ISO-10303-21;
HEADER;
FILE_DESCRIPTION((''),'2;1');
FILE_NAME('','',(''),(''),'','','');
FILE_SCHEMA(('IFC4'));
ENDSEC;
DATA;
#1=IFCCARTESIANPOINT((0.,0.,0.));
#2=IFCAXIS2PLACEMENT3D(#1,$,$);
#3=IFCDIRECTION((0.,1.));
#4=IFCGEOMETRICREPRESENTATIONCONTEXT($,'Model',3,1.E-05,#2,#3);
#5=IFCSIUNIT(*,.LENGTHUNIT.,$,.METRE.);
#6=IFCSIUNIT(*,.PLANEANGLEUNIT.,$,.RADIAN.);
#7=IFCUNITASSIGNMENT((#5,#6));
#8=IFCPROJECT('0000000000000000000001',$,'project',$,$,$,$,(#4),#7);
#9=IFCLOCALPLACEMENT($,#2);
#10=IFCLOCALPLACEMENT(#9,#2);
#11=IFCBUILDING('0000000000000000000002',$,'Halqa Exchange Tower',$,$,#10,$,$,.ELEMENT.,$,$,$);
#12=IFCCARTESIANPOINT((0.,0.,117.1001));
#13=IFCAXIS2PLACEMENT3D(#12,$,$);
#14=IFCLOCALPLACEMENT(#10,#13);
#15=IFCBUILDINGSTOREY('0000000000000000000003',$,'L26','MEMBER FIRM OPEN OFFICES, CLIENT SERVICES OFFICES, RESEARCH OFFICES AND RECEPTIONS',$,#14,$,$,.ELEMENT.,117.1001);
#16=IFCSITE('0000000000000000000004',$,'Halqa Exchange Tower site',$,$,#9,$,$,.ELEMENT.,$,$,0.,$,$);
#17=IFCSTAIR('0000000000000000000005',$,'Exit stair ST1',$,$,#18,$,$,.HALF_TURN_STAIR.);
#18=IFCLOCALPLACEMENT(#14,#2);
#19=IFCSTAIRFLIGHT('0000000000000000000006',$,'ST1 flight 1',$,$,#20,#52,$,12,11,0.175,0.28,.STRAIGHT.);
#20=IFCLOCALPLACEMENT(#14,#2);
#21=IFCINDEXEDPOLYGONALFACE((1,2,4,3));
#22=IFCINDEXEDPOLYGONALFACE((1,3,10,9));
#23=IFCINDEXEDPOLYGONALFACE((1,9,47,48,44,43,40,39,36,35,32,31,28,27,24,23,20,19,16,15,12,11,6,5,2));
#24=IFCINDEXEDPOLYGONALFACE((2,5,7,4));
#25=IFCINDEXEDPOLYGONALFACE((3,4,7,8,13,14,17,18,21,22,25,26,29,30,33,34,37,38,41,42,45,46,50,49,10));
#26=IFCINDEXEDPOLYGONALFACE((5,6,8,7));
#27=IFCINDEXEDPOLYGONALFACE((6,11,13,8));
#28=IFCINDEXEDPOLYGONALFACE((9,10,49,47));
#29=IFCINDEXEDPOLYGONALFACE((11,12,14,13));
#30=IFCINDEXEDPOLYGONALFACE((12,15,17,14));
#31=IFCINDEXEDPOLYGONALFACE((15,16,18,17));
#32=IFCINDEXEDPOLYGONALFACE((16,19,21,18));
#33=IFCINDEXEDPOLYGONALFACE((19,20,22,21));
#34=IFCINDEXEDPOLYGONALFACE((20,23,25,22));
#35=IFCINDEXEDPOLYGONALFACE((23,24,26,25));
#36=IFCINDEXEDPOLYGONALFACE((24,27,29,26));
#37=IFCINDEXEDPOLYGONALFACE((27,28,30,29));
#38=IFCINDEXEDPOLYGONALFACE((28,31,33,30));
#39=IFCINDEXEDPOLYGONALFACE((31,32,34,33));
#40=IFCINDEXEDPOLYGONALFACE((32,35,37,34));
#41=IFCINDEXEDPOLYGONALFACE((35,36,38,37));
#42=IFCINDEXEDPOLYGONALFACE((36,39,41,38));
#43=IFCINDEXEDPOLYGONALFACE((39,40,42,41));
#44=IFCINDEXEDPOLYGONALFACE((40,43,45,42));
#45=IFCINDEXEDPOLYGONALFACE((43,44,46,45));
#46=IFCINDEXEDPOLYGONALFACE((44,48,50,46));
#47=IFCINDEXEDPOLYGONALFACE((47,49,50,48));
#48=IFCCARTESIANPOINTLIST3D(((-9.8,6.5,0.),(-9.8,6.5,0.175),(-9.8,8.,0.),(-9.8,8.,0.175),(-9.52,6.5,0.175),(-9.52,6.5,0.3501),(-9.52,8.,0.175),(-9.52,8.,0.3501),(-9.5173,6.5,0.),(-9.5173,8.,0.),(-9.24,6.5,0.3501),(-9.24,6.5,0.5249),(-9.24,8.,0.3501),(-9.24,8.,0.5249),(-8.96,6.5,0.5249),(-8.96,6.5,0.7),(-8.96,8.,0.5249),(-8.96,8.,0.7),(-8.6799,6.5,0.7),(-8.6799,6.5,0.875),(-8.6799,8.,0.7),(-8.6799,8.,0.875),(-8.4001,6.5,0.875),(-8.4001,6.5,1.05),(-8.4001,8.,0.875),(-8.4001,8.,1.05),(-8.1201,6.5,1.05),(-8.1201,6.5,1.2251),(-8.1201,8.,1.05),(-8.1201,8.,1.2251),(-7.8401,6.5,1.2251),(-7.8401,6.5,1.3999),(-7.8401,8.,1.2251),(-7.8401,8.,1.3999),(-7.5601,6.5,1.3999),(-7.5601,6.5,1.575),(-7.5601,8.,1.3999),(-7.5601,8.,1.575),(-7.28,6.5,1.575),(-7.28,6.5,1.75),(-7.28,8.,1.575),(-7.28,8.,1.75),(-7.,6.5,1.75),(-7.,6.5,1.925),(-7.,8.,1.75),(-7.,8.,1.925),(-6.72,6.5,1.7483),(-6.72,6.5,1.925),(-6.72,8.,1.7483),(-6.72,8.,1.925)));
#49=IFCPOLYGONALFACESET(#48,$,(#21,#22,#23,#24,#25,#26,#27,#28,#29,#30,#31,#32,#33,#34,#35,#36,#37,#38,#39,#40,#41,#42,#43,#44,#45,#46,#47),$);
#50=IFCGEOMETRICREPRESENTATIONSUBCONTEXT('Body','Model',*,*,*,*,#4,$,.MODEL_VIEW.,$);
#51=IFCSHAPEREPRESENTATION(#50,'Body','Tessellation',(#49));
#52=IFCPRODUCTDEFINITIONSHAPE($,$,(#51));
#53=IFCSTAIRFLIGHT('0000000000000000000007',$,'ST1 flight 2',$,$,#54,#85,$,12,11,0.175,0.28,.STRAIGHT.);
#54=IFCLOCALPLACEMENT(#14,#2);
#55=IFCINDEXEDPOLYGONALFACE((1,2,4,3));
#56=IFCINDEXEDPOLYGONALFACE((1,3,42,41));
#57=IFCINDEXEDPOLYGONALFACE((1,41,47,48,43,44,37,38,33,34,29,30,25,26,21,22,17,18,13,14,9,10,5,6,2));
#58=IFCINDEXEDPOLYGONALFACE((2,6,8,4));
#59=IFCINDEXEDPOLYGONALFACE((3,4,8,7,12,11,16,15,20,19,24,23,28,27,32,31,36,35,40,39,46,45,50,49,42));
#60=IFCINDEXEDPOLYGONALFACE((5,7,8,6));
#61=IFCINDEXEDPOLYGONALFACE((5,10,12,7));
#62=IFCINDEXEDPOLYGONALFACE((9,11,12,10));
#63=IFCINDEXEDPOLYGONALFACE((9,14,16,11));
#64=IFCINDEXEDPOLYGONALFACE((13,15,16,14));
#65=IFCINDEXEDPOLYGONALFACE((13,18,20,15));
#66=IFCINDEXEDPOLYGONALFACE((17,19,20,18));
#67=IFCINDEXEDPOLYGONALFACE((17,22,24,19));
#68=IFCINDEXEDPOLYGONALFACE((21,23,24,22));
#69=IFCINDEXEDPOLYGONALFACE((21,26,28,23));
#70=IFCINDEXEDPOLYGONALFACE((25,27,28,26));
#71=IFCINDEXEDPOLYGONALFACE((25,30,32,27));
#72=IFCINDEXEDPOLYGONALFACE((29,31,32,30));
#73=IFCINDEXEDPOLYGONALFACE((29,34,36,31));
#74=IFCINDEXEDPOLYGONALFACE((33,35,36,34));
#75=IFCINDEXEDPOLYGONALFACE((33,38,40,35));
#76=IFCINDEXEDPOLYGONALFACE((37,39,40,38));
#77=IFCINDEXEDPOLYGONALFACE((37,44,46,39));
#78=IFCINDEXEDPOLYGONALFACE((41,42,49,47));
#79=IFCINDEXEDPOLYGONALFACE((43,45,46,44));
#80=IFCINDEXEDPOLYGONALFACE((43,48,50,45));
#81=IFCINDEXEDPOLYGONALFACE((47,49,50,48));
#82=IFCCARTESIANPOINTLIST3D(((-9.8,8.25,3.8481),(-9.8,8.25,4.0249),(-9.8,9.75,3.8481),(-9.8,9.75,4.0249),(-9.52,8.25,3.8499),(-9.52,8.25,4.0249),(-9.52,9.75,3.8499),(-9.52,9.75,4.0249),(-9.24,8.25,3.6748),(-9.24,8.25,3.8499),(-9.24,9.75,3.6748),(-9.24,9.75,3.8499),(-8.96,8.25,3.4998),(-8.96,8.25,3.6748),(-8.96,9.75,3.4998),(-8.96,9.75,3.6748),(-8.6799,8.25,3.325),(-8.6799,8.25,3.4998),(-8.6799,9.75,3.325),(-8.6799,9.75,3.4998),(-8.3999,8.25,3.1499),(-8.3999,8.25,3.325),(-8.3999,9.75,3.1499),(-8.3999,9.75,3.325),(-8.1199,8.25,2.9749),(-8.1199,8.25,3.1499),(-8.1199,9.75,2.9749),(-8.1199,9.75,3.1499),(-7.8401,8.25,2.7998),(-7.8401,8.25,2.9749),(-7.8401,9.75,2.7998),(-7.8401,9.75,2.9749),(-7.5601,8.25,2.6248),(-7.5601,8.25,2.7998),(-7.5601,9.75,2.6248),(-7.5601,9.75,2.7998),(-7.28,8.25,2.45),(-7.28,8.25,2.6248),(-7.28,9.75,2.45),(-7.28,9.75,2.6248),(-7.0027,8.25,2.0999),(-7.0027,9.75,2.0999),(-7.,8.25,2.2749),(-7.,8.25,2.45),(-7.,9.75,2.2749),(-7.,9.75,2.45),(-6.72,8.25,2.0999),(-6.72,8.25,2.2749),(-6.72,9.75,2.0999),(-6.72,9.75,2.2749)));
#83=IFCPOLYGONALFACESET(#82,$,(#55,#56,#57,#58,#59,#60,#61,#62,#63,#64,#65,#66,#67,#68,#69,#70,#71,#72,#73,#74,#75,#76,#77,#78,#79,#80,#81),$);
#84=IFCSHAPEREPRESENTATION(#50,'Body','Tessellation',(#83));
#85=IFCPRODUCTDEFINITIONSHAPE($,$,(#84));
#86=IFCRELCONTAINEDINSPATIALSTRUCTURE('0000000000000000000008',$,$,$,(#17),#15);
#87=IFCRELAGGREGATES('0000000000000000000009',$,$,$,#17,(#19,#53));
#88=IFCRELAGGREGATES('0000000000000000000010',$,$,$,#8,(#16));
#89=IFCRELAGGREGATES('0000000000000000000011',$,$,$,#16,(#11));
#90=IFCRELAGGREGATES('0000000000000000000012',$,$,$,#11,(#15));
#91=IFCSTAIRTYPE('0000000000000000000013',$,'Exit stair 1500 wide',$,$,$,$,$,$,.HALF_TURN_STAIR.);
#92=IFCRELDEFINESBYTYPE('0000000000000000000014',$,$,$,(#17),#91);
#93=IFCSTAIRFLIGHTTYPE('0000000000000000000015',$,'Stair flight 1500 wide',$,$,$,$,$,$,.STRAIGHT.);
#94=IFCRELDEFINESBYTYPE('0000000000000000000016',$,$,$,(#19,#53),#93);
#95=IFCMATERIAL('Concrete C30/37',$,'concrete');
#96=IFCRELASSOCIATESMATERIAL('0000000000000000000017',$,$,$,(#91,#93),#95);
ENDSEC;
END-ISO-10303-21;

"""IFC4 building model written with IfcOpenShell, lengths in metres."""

from ifc_helpers import new_model, si_unit, direction, frame, origin, place, context, subcontext, project, spatial, polyline, outline, extrude, material, type_object, element, aggregate, save


model = new_model("IFC4")

# Units and contexts
model_context = context("Model", 3, precision=1e-05, world=origin(), true_north=direction((0.0, 1.0)))
body_context = subcontext(model_context, "Body", "Model", "MODEL_VIEW")
ifc_project = project(units=[si_unit("LENGTHUNIT", "METRE"), si_unit("PLANEANGLEUNIT", "RADIAN")], contexts=[model_context])

# Site, building, storey
site_placement = place(None, origin())
site = spatial("IfcSite", under=ifc_project, at=site_placement, Name="Halqa Exchange Tower site", CompositionType="ELEMENT", RefElevation=0.0)
building_placement = place(site_placement, origin())
building = spatial("IfcBuilding", under=site, at=building_placement, Name="Halqa Exchange Tower", CompositionType="ELEMENT")
storey_placement = place(building_placement, frame((0.0, 0.0, 117.1001)))
storey = spatial("IfcBuildingStorey", under=building, at=storey_placement, Name="L26", Description="MEMBER FIRM OPEN OFFICES, CLIENT SERVICES OFFICES, RESEARCH OFFICES AND RECEPTIONS", CompositionType="ELEMENT", Elevation=117.1001)

# Shared definitions
ifc_material_1 = material(Name="Concrete C30/37", Category="concrete")

# Stair, stair flights
stair_type = type_object("IfcStairType", Name="Exit stair 1500 wide", PredefinedType="HALF_TURN_STAIR", material=ifc_material_1)
stair_placement = place(storey_placement, origin())
stair = element("IfcStair", 1, at=stair_placement, inside=storey, type_object=stair_type, Name="Exit stair ST1", PredefinedType="HALF_TURN_STAIR")
stair_flight_type = type_object("IfcStairFlightType", Name="Stair flight 1500 wide", PredefinedType="STRAIGHT", material=ifc_material_1)
stair_flight_1_placement = place(storey_placement, frame((-9.8, 7.25, 0.0), z_axis=(0.0, 0.0, 1.0), x_axis=(1.0, 0.0, 0.0)))
stair_flight_1 = element("IfcStairFlight", 2, at=stair_flight_1_placement, type_object=stair_flight_type, Name="ST1 flight 1", NumberOfRisers=12, NumberOfTreads=11, PredefinedType="STRAIGHT", RiserHeight=0.175, TreadLength=0.28, context=body_context, shape_type="SweptSolid", body=[
    extrude(outline(polyline([(0.0, 0.0), (0.0, 0.175), (0.28, 0.175), (0.28, 0.3501), (0.5601, 0.3501), (0.5601, 0.5249), (0.8401, 0.5249), (0.8401, 0.7), (1.1201, 0.7), (1.1201, 0.875), (1.3999, 0.875), (1.3999, 1.05), (1.6799, 1.05), (1.6799, 1.2251), (1.96, 1.2251), (1.96, 1.3999), (2.24, 1.3999), (2.24, 1.575), (2.52, 1.575), (2.52, 1.75), (2.8, 1.75), (2.8, 1.925), (3.0801, 1.925), (3.0801, 2.1001), (3.0801, 1.7483), (0.2827, 0.0), (0.0, 0.0)])), frame((0.0, 0.75, 0.0), z_axis=(0.0, -1.0, 0.0), x_axis=(1.0, 0.0, 0.0)), (0.0, 0.0, 1.0), 1.5),
])
stair_flight_2_placement = place(storey_placement, frame((-6.72, 9.0, 2.0999), z_axis=(0.0, 0.0, 1.0), x_axis=(-1.0, 0.0, 0.0)))
stair_flight_2 = element("IfcStairFlight", 3, at=stair_flight_2_placement, type_object=stair_flight_type, Name="ST1 flight 2", NumberOfRisers=12, NumberOfTreads=11, PredefinedType="STRAIGHT", RiserHeight=0.175, TreadLength=0.28, context=body_context, shape_type="SweptSolid", body=[
    extrude(outline(polyline([(0.0, 0.0), (0.0, 0.175), (0.28, 0.175), (0.28, 0.3501), (0.5601, 0.3501), (0.5601, 0.5249), (0.8401, 0.5249), (0.8401, 0.7), (1.1201, 0.7), (1.1201, 0.875), (1.3999, 0.875), (1.3999, 1.05), (1.6799, 1.05), (1.6799, 1.2251), (1.96, 1.2251), (1.96, 1.3999), (2.24, 1.3999), (2.24, 1.575), (2.52, 1.575), (2.52, 1.75), (2.8, 1.75), (2.8, 1.925), (3.0801, 1.925), (3.0801, 2.1001), (3.0801, 1.7483), (0.2827, 0.0), (0.0, 0.0)])), frame((0.0, 0.75, 0.0), z_axis=(0.0, -1.0, 0.0), x_axis=(1.0, 0.0, 0.0)), (0.0, 0.0, 1.0), 1.5),
])
aggregate(stair, [stair_flight_1, stair_flight_2])

save(model, "model.ifc")
